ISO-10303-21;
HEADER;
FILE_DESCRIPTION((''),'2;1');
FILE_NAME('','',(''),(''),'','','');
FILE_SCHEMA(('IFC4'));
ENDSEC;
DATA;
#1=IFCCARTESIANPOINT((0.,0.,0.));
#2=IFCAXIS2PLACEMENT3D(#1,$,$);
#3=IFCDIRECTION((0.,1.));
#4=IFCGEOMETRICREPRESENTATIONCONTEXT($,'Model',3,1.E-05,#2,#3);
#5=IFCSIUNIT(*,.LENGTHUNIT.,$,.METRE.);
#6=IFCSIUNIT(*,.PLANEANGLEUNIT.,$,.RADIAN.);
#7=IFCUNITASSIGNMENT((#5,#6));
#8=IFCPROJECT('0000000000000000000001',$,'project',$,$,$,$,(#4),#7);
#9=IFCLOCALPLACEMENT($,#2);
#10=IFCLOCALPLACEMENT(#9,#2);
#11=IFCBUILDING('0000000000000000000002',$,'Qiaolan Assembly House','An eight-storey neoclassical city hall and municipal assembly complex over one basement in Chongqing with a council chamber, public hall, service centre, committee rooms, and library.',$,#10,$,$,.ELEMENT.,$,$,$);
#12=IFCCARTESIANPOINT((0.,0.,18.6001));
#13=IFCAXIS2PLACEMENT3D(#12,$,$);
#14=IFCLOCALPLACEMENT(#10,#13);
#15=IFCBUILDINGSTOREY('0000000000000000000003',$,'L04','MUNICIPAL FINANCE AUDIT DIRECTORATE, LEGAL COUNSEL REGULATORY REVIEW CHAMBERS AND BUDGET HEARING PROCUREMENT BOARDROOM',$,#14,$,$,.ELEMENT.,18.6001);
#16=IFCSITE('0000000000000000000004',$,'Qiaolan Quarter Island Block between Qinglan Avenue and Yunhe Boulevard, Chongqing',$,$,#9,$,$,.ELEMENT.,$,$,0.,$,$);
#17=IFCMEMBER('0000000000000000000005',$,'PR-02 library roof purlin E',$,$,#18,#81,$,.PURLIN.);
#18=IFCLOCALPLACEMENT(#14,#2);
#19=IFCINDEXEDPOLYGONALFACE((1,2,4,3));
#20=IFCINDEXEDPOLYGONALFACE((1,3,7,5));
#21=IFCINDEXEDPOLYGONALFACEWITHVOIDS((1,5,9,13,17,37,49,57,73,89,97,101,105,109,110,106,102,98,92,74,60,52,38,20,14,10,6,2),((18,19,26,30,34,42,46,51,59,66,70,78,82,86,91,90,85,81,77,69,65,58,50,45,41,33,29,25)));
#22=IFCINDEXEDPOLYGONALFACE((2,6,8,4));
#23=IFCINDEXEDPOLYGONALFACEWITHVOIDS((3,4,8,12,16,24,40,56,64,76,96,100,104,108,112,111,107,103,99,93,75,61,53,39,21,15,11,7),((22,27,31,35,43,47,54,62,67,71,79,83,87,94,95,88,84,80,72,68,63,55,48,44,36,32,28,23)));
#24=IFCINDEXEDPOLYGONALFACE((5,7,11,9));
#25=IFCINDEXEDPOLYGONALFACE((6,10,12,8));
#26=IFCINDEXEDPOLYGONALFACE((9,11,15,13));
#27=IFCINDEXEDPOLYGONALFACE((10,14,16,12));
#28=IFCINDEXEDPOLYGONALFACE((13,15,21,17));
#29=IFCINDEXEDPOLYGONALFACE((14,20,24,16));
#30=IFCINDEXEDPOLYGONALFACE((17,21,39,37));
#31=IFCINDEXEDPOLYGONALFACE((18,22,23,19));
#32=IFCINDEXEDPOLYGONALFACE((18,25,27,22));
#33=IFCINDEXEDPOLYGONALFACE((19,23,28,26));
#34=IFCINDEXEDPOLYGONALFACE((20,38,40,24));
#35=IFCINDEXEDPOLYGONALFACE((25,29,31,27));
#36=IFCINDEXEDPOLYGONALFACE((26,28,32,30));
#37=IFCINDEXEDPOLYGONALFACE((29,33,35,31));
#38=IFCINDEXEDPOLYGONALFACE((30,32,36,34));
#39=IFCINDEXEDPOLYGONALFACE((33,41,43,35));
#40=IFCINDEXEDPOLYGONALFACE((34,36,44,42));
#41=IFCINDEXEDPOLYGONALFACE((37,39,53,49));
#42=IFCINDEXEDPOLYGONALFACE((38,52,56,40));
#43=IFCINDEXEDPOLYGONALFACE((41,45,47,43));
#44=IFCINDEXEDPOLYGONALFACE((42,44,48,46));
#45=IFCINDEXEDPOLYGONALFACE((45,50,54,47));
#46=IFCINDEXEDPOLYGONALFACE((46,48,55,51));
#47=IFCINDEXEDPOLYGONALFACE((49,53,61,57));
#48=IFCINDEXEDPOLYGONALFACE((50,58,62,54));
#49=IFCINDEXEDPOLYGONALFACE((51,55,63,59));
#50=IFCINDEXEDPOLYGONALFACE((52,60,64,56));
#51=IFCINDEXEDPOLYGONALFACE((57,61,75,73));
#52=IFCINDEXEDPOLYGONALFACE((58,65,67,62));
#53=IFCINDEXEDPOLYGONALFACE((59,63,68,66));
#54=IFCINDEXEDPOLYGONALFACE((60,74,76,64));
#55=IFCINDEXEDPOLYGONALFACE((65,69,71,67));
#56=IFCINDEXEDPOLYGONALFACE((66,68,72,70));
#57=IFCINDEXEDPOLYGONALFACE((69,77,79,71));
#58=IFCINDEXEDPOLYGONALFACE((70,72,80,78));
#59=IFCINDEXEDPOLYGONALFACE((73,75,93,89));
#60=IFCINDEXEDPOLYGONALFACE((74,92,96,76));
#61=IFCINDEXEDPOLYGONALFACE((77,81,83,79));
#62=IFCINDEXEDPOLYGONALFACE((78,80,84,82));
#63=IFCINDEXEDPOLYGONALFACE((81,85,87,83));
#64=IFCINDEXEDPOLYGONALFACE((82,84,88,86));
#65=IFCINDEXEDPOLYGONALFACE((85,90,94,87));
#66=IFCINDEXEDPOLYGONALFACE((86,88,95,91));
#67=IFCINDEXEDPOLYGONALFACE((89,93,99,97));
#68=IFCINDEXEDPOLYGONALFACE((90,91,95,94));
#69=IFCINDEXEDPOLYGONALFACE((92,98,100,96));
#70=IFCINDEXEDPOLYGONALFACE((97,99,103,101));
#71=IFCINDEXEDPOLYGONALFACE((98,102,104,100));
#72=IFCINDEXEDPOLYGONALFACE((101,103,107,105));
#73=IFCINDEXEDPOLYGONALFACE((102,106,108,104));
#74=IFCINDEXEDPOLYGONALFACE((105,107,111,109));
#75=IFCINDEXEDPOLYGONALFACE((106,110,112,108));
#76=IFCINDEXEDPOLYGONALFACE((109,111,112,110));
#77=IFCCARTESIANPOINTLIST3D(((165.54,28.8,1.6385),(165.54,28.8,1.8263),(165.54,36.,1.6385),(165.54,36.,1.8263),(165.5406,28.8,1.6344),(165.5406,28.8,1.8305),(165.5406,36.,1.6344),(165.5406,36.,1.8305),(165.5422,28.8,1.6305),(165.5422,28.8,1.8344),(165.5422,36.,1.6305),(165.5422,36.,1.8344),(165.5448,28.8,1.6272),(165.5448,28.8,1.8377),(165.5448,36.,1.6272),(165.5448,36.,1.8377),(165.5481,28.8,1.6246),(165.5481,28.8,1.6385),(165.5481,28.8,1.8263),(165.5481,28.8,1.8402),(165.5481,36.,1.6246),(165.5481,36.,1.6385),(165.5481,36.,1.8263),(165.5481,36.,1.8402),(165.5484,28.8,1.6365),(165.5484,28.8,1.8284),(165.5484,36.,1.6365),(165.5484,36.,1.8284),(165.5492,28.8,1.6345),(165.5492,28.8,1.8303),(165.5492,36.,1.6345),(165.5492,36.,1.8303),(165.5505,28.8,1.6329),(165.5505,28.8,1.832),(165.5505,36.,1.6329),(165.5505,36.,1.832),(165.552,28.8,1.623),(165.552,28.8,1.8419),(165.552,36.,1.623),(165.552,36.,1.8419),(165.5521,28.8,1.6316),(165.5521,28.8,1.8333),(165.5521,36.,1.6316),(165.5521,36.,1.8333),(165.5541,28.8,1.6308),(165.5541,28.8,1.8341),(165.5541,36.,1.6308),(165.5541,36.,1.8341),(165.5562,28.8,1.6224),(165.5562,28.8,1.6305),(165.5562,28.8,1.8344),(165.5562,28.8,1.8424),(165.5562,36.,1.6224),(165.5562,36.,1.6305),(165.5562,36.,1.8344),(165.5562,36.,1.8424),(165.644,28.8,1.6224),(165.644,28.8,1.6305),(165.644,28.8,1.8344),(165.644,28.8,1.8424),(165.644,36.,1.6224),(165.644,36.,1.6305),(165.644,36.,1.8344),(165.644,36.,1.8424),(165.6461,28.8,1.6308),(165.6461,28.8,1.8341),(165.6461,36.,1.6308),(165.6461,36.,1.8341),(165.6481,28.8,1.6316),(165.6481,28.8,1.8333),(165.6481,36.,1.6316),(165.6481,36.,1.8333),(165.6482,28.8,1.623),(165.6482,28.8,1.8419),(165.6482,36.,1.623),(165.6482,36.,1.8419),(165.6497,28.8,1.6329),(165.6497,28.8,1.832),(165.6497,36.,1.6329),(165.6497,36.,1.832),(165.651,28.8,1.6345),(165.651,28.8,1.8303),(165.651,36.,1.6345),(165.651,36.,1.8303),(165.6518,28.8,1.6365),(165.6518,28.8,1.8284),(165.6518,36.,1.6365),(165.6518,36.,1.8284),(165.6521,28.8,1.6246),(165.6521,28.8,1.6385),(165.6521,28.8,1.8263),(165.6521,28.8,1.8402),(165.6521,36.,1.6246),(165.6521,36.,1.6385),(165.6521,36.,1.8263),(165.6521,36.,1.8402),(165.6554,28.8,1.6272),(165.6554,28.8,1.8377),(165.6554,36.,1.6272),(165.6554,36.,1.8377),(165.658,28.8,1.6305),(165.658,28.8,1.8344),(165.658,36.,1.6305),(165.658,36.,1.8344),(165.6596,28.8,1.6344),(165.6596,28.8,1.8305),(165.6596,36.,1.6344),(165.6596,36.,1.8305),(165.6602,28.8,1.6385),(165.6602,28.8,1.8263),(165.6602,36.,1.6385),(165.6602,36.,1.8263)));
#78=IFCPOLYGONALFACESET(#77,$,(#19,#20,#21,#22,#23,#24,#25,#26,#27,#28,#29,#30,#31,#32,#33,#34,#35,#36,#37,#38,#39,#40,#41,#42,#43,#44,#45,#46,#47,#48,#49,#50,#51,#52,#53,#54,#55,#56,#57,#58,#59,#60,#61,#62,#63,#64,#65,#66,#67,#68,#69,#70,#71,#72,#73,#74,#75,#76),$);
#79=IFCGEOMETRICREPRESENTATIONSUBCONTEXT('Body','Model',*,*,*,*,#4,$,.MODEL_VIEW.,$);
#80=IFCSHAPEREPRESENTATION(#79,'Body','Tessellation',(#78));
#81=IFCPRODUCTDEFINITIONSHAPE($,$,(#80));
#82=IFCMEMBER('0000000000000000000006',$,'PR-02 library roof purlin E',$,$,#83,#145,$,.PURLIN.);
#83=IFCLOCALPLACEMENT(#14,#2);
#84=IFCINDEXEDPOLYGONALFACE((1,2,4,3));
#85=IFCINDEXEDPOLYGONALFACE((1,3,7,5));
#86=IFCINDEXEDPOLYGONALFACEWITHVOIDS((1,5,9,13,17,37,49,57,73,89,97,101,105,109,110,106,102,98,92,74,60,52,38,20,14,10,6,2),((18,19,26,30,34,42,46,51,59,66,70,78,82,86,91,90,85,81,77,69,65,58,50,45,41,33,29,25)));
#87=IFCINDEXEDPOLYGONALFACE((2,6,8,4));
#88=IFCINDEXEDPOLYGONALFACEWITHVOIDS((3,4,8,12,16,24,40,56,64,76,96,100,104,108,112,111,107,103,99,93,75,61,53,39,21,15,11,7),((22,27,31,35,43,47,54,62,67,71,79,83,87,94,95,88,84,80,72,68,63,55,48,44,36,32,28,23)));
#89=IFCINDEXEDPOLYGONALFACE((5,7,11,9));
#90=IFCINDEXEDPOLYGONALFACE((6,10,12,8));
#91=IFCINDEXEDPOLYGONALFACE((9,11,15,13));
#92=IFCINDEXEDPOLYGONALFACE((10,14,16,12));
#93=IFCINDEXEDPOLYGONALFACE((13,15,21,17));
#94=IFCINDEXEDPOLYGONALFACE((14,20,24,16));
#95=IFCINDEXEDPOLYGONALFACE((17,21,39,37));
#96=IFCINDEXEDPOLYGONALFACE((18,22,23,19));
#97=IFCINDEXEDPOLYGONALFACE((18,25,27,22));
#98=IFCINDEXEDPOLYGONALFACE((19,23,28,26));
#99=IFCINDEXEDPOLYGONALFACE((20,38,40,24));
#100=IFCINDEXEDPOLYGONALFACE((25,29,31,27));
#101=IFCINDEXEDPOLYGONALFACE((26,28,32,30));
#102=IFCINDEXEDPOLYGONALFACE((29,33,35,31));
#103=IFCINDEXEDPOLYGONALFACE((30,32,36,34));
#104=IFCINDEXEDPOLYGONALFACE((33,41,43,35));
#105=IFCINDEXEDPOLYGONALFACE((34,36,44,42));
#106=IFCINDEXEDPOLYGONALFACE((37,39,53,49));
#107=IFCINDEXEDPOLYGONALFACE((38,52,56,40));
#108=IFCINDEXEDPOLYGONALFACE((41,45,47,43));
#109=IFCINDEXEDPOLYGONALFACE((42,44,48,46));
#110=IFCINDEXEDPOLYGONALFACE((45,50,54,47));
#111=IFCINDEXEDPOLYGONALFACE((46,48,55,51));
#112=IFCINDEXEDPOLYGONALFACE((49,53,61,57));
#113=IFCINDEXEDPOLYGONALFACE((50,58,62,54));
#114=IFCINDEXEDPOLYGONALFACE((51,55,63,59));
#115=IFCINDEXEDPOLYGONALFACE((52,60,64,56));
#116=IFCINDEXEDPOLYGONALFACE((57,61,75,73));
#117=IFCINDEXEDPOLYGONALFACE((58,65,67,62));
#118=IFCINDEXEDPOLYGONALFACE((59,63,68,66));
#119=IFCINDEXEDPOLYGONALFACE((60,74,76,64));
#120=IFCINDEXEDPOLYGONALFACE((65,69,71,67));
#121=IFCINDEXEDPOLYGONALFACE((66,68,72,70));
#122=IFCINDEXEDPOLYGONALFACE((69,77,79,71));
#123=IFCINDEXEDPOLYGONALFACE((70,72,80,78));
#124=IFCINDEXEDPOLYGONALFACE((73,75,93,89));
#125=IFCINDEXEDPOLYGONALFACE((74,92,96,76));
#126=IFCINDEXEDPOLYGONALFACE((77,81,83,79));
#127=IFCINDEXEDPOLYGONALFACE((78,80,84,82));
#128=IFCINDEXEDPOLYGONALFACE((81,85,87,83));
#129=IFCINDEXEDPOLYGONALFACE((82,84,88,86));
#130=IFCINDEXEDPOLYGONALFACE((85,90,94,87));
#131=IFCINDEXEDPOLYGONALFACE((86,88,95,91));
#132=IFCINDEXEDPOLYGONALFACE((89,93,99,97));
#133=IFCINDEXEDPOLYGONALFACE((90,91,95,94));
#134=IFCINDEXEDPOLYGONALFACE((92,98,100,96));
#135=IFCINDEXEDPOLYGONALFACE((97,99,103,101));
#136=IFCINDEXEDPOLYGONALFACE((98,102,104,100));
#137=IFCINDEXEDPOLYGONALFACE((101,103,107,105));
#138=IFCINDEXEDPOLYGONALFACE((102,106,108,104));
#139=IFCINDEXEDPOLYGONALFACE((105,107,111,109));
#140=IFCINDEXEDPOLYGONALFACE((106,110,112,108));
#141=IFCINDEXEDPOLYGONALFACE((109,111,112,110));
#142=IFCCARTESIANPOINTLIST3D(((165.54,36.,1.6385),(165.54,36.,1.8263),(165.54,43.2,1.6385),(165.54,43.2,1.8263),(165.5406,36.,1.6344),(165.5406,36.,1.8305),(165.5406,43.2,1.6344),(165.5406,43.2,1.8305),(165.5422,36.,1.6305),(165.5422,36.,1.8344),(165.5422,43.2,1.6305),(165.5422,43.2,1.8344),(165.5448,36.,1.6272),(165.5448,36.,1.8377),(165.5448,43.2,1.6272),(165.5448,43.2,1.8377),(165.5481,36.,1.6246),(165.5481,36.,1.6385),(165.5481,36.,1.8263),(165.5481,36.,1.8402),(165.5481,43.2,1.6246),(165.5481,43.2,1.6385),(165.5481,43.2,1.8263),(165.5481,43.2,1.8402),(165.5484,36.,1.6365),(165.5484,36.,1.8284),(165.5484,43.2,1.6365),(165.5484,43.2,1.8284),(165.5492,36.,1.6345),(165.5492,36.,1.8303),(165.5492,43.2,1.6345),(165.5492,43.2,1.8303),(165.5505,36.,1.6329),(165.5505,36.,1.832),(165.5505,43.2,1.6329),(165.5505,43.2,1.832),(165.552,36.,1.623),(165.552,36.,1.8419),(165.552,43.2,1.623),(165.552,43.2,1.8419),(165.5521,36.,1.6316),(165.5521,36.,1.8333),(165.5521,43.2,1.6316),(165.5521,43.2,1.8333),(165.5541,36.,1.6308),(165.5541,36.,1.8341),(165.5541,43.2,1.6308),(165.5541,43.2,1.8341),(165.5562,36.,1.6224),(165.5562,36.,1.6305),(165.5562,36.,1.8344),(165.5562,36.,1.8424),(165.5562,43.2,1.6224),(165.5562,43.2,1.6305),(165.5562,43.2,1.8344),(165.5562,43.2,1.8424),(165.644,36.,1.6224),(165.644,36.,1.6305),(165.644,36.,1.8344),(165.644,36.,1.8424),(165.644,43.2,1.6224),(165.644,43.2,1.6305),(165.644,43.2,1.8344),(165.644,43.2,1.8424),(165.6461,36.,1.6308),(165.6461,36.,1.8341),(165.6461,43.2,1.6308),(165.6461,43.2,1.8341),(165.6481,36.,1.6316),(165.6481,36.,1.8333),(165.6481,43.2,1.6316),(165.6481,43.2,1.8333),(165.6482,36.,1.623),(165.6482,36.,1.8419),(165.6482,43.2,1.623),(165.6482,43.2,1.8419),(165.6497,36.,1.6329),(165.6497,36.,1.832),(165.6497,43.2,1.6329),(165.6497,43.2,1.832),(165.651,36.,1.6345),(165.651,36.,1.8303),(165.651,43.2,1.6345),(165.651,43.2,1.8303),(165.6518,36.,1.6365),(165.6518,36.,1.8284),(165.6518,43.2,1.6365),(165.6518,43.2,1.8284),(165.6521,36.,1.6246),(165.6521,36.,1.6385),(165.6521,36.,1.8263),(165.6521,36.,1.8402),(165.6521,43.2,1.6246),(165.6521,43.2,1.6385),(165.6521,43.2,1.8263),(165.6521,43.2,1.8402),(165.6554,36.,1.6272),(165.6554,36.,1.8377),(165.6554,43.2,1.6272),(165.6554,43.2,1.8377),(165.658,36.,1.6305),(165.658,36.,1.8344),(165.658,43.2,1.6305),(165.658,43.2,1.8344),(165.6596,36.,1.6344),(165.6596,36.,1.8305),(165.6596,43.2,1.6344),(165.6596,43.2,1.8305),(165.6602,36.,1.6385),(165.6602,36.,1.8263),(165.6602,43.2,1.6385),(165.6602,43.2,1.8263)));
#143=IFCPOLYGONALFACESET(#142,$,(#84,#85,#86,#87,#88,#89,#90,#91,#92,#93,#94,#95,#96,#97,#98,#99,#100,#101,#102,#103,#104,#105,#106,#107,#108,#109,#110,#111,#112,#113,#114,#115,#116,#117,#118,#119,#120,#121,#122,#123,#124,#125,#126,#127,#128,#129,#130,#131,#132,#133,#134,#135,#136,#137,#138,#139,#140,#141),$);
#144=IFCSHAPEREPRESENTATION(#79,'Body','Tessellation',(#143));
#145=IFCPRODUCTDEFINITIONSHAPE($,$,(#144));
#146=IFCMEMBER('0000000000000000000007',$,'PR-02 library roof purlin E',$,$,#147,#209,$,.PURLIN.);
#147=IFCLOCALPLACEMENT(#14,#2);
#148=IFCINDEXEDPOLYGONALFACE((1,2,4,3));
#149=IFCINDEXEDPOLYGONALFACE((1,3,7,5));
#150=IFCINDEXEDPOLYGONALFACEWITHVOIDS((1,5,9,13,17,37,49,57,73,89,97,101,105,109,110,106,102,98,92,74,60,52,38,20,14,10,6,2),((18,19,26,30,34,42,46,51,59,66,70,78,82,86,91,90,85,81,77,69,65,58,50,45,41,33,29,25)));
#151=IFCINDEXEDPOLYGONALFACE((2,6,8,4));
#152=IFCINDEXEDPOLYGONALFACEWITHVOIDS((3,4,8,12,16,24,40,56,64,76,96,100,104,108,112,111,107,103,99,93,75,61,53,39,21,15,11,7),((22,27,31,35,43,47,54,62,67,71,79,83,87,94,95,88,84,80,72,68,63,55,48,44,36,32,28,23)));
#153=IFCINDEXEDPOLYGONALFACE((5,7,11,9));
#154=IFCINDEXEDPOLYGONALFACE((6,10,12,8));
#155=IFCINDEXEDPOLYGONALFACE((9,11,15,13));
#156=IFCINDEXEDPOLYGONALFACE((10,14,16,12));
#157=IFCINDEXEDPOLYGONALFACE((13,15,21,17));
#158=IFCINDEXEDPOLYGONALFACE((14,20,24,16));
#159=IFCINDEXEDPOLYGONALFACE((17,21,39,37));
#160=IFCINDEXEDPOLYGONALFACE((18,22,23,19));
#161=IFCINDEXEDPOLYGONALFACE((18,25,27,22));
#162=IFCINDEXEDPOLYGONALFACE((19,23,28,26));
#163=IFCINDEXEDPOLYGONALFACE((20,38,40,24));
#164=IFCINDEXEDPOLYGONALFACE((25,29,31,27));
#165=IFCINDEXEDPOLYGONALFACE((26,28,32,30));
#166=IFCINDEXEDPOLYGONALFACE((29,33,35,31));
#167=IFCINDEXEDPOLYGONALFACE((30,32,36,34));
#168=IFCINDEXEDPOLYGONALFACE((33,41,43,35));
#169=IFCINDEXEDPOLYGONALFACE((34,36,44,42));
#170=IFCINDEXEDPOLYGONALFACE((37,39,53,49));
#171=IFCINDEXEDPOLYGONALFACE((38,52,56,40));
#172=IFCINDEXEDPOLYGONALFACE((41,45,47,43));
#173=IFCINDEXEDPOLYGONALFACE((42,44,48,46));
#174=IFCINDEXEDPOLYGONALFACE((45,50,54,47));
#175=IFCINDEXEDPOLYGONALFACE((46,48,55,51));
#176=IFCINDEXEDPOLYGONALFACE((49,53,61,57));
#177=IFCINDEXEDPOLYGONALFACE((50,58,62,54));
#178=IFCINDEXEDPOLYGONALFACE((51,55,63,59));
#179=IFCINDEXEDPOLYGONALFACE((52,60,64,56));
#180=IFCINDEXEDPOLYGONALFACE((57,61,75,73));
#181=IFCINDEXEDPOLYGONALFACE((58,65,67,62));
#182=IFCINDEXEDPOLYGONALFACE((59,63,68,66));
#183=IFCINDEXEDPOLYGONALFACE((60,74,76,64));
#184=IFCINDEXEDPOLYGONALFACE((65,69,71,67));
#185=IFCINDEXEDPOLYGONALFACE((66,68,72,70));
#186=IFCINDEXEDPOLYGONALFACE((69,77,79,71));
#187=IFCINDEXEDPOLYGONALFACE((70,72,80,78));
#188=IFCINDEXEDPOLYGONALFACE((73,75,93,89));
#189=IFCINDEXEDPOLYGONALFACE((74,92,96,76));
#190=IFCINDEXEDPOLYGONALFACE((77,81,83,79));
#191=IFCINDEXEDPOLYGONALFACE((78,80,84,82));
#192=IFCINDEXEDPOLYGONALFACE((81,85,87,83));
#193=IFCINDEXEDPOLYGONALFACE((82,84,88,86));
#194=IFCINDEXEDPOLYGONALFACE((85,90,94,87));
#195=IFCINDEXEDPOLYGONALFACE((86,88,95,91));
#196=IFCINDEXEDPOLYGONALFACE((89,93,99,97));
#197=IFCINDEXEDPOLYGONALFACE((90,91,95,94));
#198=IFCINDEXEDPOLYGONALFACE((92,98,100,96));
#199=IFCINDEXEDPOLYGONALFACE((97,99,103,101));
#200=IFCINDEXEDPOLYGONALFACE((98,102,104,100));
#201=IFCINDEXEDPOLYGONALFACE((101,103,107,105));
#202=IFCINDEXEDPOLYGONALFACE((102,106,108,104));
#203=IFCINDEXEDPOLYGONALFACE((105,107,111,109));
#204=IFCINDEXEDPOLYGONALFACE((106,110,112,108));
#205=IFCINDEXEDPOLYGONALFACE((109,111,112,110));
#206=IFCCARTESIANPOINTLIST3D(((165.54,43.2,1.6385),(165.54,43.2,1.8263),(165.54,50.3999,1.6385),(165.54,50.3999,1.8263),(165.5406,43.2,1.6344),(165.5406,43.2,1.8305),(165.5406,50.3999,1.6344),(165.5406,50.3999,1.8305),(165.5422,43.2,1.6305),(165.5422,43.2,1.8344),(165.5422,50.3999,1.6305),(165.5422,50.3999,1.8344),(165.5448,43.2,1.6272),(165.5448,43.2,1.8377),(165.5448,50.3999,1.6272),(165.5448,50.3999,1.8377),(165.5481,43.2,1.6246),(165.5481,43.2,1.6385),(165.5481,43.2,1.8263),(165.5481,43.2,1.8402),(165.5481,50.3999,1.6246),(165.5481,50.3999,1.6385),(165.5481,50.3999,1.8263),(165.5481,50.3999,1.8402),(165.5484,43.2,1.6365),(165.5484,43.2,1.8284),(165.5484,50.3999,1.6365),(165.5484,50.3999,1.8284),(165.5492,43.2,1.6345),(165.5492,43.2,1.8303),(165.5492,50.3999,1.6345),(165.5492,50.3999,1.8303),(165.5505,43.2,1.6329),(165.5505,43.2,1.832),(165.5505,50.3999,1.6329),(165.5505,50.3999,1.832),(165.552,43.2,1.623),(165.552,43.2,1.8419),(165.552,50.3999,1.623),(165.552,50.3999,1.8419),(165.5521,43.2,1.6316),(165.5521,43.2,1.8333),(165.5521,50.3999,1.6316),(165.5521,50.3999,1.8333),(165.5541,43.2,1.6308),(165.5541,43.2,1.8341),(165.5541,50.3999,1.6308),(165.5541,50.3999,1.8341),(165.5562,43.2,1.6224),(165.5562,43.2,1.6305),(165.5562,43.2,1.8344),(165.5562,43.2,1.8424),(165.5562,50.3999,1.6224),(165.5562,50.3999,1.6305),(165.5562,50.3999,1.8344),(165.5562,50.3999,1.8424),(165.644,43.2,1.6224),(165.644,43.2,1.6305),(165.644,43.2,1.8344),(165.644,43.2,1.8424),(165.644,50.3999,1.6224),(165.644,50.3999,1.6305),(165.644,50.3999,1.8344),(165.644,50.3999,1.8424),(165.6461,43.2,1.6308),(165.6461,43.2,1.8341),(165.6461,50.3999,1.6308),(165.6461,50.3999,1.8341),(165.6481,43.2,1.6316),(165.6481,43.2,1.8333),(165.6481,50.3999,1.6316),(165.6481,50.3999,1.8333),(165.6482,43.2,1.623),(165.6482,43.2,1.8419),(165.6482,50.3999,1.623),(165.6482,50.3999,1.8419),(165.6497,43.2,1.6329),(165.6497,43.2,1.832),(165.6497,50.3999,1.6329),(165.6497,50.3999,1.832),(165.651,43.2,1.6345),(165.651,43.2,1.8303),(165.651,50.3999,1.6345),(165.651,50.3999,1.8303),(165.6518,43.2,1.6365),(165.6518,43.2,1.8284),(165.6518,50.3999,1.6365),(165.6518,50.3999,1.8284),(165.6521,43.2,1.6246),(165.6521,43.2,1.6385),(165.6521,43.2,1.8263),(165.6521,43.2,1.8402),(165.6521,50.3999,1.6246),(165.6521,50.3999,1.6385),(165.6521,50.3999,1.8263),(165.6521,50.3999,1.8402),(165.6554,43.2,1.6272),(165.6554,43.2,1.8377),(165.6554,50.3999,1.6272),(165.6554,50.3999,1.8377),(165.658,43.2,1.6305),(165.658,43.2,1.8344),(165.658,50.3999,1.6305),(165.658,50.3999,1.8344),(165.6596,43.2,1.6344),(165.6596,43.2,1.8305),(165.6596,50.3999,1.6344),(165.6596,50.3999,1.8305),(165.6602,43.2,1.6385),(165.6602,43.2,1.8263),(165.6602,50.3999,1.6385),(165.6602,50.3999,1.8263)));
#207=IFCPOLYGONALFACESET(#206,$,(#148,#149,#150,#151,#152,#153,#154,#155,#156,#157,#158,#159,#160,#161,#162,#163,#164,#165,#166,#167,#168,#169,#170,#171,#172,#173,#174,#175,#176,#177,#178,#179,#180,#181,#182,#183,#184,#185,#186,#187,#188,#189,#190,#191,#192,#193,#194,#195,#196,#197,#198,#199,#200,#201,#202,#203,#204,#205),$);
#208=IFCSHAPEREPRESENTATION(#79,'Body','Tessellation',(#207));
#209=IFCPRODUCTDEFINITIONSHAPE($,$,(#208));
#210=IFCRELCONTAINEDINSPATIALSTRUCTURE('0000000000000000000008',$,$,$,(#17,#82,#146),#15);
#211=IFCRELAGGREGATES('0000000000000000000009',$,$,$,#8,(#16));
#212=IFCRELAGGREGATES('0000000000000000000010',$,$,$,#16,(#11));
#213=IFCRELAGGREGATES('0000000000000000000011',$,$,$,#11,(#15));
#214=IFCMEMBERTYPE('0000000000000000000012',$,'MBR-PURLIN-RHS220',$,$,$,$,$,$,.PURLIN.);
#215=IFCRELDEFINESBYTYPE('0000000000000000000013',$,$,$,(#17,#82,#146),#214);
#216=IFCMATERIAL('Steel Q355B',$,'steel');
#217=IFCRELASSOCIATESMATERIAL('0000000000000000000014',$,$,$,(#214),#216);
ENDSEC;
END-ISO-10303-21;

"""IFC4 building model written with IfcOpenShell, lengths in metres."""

from ifc_helpers import new_model, si_unit, direction, frame, origin, origin_2d, place, context, subcontext, project, spatial, hollow_rectangle, extrude, material, material_profile, profile_set, type_object, element, save


model = new_model("IFC4")

# Units and contexts
model_context = context("Model", 3, precision=1e-05, world=origin(), true_north=direction((0.0, 1.0)))
body_context = subcontext(model_context, "Body", "Model", "MODEL_VIEW")
ifc_project = project(units=[si_unit("LENGTHUNIT", "METRE"), si_unit("PLANEANGLEUNIT", "RADIAN")], contexts=[model_context])

# Site, building, storey
site_placement = place(None, origin())
site = spatial("IfcSite", under=ifc_project, at=site_placement, Name="Qiaolan Quarter Island Block between Qinglan Avenue and Yunhe Boulevard, Chongqing", CompositionType="ELEMENT", RefElevation=0.0)
building_placement = place(site_placement, origin())
building = spatial("IfcBuilding", under=site, at=building_placement, Name="Qiaolan Assembly House", Description="An eight-storey neoclassical city hall and municipal assembly complex over one basement in Chongqing with a council chamber, public hall, service centre, committee rooms, and library.", CompositionType="ELEMENT")
storey_placement = place(building_placement, frame((0.0, 0.0, 18.6001)))
storey = spatial("IfcBuildingStorey", under=building, at=storey_placement, Name="L04", Description="MUNICIPAL FINANCE AUDIT DIRECTORATE, LEGAL COUNSEL REGULATORY REVIEW CHAMBERS AND BUDGET HEARING PROCUREMENT BOARDROOM", CompositionType="ELEMENT", Elevation=18.6001)

# Shared definitions
ifc_material = material(Name="Steel Q355B", Category="steel")

# Members
ifc_material_profile_1 = material_profile(ifc_material, hollow_rectangle(XDim=0.1201, YDim=0.22, WallThickness=0.0081, InnerFilletRadius=0.0081, OuterFilletRadius=0.0161, at=origin_2d()), Name="RHS 220x120x8")
ifc_profile_set_1 = profile_set([ifc_material_profile_1], Name="Steel Q355B")
member_type = type_object("IfcMemberType", Name="MBR-PURLIN-RHS220", PredefinedType="PURLIN", material=ifc_profile_set_1)
for number, where, z_axis, x_axis, name in (
    (1, (165.6001, 28.8, 1.7324), (0.0, 1.0, 0.0), (-1.0, 0.0, 0.0), "PR-02 library roof purlin E"),
    (2, (165.6001, 36.0, 1.7324), (0.0, 1.0, 0.0), (-1.0, 0.0, 0.0), "PR-02 library roof purlin E"),
    (3, (165.6001, 43.2, 1.7324), (0.0, 1.0, 0.0), (-1.0, 0.0, 0.0), "PR-02 library roof purlin E"),
):
    element("IfcMember", number, at=place(storey_placement, frame(where, z_axis=z_axis, x_axis=x_axis)), inside=storey, type_object=member_type, Name=name, PredefinedType="PURLIN", context=body_context, shape_type="SweptSolid", body=[
        extrude(hollow_rectangle(XDim=0.1201, YDim=0.22, WallThickness=0.0081, InnerFilletRadius=0.0081, OuterFilletRadius=0.0161, at=origin_2d()), origin(), (0.0, 0.0, 1.0), 7.2),
    ])

save(model, "model.ifc")
